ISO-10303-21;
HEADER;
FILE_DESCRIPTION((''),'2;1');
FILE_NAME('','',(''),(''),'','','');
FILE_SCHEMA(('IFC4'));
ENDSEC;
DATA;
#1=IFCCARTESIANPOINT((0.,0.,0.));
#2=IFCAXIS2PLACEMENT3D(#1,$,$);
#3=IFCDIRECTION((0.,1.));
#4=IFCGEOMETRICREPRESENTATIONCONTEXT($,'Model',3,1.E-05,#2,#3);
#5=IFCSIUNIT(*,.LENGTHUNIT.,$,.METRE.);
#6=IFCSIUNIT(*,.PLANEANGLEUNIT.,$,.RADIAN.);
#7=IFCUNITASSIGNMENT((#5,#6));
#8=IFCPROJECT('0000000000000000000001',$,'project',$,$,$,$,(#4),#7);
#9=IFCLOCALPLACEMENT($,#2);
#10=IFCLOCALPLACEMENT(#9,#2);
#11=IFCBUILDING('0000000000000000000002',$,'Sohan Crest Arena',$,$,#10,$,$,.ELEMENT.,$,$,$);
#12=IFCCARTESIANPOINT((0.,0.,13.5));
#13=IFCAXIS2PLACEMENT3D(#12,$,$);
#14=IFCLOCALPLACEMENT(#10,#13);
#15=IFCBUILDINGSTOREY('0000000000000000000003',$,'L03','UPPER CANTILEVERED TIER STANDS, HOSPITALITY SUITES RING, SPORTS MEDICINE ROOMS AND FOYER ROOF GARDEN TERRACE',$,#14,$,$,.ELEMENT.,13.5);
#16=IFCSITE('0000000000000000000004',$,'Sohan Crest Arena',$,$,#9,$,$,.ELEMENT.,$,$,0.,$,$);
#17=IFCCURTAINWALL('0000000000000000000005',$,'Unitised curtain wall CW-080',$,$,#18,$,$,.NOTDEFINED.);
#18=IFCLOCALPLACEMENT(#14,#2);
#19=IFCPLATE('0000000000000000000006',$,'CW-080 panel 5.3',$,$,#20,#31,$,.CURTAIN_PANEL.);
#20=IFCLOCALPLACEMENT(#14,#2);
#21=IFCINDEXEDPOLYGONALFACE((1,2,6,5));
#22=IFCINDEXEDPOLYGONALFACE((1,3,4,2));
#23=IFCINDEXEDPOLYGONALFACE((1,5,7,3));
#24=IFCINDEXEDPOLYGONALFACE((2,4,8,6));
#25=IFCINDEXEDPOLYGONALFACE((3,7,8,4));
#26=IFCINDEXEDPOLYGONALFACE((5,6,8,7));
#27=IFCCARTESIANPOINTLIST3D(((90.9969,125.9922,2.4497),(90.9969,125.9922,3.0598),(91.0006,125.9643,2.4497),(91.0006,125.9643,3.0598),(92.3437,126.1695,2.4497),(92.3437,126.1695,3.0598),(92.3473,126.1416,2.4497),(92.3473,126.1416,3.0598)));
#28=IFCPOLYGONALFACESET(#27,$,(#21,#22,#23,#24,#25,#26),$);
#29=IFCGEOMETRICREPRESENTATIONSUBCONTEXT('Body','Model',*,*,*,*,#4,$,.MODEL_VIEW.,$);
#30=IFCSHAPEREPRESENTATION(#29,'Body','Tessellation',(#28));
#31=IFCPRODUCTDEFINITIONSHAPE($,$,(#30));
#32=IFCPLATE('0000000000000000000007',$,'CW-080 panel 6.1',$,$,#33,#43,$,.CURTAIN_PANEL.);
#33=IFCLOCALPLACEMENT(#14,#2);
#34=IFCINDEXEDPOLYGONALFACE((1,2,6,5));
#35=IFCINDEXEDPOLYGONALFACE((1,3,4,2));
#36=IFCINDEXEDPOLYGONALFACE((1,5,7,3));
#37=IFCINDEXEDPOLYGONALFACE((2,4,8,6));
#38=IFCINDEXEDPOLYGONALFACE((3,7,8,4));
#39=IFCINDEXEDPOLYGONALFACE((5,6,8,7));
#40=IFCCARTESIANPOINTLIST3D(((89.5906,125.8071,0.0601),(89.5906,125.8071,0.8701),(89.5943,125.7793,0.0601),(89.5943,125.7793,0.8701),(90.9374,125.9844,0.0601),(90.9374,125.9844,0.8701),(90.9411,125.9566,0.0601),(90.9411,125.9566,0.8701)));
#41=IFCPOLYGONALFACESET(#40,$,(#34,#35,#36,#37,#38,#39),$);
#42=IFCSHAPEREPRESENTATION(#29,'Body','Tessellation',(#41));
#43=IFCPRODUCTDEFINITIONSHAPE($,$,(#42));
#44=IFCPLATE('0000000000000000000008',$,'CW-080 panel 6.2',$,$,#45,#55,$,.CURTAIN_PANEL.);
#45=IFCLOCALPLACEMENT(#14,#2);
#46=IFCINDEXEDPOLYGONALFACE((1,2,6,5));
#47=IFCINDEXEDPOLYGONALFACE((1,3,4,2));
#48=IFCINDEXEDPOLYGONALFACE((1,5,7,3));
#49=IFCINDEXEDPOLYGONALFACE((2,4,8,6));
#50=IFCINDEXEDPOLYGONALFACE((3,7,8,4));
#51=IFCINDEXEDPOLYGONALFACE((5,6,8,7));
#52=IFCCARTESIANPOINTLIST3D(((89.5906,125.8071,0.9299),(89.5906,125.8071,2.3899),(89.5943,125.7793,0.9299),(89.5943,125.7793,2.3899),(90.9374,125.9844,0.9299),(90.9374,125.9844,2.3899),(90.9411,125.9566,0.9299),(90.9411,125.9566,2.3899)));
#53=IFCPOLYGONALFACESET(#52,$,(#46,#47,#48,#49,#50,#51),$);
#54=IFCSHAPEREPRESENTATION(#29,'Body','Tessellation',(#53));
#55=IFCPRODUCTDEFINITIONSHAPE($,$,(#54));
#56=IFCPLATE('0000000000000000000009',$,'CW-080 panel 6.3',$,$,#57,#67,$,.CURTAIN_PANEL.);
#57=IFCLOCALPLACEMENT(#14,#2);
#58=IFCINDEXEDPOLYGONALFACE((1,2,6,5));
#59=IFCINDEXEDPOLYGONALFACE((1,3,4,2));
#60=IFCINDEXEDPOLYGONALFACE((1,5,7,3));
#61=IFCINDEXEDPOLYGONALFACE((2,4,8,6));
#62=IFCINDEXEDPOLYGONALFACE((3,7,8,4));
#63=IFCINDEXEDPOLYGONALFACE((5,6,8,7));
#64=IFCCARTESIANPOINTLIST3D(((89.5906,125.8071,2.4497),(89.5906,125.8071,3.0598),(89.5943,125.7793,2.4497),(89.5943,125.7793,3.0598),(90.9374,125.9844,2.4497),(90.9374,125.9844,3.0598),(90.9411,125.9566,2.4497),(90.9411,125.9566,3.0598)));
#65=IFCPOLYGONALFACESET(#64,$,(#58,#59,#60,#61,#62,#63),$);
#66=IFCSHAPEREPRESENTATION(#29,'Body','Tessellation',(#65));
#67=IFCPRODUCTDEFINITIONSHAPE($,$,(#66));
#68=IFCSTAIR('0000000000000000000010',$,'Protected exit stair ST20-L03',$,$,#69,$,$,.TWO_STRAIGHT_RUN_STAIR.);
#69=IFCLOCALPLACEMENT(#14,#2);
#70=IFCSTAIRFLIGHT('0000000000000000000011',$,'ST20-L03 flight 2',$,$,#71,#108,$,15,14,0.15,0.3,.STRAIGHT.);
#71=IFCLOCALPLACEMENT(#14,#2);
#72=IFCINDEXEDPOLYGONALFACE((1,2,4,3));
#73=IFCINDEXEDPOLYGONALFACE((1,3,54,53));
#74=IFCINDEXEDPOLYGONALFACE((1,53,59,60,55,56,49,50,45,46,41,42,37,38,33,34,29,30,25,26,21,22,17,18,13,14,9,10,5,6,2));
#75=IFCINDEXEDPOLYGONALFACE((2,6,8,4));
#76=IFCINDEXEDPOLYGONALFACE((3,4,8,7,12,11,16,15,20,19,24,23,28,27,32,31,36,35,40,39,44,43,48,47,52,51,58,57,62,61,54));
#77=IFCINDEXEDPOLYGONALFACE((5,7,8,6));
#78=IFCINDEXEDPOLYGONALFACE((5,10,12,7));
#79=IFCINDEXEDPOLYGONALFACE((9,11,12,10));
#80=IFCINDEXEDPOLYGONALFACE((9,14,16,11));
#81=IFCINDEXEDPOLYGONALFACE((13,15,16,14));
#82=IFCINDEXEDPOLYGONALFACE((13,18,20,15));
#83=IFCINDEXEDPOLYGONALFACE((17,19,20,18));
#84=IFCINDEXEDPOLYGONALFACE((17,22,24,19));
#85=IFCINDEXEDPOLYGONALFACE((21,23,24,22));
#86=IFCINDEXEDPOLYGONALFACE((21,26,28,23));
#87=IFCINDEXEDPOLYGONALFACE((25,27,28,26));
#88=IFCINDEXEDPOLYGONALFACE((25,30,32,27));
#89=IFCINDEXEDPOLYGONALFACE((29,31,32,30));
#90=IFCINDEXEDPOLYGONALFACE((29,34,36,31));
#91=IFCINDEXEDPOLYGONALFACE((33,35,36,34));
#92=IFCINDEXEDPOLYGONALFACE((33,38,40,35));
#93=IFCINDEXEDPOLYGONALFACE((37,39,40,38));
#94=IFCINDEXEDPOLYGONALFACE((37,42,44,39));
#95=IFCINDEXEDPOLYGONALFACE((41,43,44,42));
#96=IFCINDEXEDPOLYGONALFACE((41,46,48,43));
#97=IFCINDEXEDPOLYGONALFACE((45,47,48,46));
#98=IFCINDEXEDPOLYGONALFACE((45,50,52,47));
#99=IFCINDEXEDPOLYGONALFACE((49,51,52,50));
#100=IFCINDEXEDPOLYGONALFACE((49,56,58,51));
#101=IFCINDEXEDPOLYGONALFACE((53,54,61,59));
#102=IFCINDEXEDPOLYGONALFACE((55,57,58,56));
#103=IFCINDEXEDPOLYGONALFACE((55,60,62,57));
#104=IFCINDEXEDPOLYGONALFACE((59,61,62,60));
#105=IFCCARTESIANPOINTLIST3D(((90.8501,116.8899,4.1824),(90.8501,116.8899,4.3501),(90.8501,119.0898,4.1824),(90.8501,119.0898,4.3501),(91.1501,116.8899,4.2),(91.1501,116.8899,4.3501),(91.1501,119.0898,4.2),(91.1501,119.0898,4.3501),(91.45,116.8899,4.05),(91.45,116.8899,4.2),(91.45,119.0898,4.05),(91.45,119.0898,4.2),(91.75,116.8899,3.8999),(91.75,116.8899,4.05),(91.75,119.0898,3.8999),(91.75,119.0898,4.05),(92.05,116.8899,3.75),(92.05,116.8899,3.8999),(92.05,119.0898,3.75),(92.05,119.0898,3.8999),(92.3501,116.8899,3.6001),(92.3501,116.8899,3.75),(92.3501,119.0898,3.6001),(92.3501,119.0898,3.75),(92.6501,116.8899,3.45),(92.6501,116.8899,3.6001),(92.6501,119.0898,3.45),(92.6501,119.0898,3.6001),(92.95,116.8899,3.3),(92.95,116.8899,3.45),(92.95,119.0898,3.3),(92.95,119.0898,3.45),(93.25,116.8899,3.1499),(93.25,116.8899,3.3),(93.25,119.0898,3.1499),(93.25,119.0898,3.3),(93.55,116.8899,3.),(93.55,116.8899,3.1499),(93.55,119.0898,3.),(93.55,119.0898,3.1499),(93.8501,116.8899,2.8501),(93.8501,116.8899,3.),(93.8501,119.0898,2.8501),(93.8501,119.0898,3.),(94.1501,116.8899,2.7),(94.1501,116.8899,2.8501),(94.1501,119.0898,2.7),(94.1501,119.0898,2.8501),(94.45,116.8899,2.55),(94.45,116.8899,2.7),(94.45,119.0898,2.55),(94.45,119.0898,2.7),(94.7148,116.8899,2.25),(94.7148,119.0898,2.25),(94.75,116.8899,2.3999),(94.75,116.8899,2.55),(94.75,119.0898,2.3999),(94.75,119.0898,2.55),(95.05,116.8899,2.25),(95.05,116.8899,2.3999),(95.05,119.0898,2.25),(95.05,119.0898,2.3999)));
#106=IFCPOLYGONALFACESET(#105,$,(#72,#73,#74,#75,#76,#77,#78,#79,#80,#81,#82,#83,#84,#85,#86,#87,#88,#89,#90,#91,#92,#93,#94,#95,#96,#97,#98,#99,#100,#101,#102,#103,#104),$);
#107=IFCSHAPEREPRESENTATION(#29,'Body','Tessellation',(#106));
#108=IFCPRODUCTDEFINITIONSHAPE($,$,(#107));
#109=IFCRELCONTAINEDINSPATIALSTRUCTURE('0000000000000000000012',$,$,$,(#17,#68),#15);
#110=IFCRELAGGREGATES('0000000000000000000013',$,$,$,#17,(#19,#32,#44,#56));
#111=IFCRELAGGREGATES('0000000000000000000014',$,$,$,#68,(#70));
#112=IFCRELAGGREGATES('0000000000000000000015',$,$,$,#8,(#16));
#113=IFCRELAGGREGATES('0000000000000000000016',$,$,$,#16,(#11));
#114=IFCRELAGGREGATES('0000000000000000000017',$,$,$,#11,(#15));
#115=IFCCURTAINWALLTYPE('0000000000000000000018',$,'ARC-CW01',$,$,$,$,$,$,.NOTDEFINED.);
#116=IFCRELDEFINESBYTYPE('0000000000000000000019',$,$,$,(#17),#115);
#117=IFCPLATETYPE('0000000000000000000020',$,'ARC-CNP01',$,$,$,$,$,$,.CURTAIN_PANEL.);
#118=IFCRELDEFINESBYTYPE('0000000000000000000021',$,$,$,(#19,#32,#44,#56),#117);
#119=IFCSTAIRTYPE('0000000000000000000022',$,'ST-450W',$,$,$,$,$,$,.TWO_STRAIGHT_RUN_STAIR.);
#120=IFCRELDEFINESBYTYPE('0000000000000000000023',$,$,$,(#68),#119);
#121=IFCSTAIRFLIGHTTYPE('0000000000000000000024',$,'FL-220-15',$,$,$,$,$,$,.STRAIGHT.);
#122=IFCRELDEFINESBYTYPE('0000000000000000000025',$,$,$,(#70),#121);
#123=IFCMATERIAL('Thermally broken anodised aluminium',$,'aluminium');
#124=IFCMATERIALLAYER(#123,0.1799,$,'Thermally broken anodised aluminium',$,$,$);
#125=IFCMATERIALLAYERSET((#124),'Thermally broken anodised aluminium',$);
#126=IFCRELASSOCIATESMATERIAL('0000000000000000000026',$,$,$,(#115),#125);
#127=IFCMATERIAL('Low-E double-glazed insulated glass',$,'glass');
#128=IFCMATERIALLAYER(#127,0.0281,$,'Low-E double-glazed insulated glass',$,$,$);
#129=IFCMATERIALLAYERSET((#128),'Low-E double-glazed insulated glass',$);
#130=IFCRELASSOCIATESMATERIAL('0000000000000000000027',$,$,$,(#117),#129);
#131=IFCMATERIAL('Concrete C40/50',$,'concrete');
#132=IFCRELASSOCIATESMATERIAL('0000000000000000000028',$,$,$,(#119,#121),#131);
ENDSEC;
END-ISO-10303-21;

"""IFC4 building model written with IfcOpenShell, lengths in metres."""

from ifc_helpers import new_model, si_unit, direction, frame, origin, origin_2d, place, context, subcontext, project, spatial, polyline, rectangle, outline, extrude, material, layer, layer_set, type_object, element, aggregate, save


model = new_model("IFC4")

# Units and contexts
model_context = context("Model", 3, precision=1e-05, world=origin(), true_north=direction((0.0, 1.0)))
body_context = subcontext(model_context, "Body", "Model", "MODEL_VIEW")
ifc_project = project(units=[si_unit("LENGTHUNIT", "METRE"), si_unit("PLANEANGLEUNIT", "RADIAN")], contexts=[model_context])

# Site, building, storey
site_placement = place(None, origin())
site = spatial("IfcSite", under=ifc_project, at=site_placement, Name="Sohan Crest Arena", CompositionType="ELEMENT", RefElevation=0.0)
building_placement = place(site_placement, origin())
building = spatial("IfcBuilding", under=site, at=building_placement, Name="Sohan Crest Arena", CompositionType="ELEMENT")
storey_placement = place(building_placement, frame((0.0, 0.0, 13.5)))
storey = spatial("IfcBuildingStorey", under=building, at=storey_placement, Name="L03", Description="UPPER CANTILEVERED TIER STANDS, HOSPITALITY SUITES RING, SPORTS MEDICINE ROOMS AND FOYER ROOF GARDEN TERRACE", CompositionType="ELEMENT", Elevation=13.5)

# Curtain wall
ifc_material_1 = material(Name="Thermally broken anodised aluminium", Category="aluminium")
ifc_layer_1 = layer(ifc_material_1, 0.1799, Name="Thermally broken anodised aluminium")
ifc_layer_set_1 = layer_set([ifc_layer_1], Name="Thermally broken anodised aluminium")
curtain_wall_type = type_object("IfcCurtainWallType", Name="ARC-CW01", PredefinedType="NOTDEFINED", material=ifc_layer_set_1)
curtain_wall_placement = place(storey_placement, origin())
curtain_wall = element("IfcCurtainWall", 1, at=curtain_wall_placement, inside=storey, type_object=curtain_wall_type, Name="Unitised curtain wall CW-080", PredefinedType="NOTDEFINED")

# Plates
ifc_material_2 = material(Name="Low-E double-glazed insulated glass", Category="glass")
ifc_layer_2 = layer(ifc_material_2, 0.0281, Name="Low-E double-glazed insulated glass")
ifc_layer_set_2 = layer_set([ifc_layer_2], Name="Low-E double-glazed insulated glass")
plate_type = type_object("IfcPlateType", Name="ARC-CNP01", PredefinedType="CURTAIN_PANEL", material=ifc_layer_set_2)
plate_1_placement = place(storey_placement, frame((91.6721, 126.0669, 2.4497), z_axis=(0.0, 0.0, 1.0), x_axis=(-0.991447, -0.130511, 0.0)))
plate_1 = element("IfcPlate", 2, at=plate_1_placement, type_object=plate_type, Name="CW-080 panel 5.3", PredefinedType="CURTAIN_PANEL", context=body_context, shape_type="SweptSolid", body=[
    extrude(rectangle(XDim=1.3584, YDim=0.0281, at=origin_2d()), origin(), (0.0, 0.0, 1.0), 0.6101),
])
plate_2_placement = place(storey_placement, frame((90.2659, 125.8818, 0.0601), z_axis=(0.0, 0.0, 1.0), x_axis=(-0.991447, -0.130511, 0.0)))
plate_2 = element("IfcPlate", 3, at=plate_2_placement, type_object=plate_type, Name="CW-080 panel 6.1", PredefinedType="CURTAIN_PANEL", context=body_context, shape_type="SweptSolid", body=[
    extrude(rectangle(XDim=1.3584, YDim=0.0281, at=origin_2d()), origin(), (0.0, 0.0, 1.0), 0.8101),
])
plate_3_placement = place(storey_placement, frame((90.2659, 125.8818, 0.9299), z_axis=(0.0, 0.0, 1.0), x_axis=(-0.991447, -0.130511, 0.0)))
plate_3 = element("IfcPlate", 4, at=plate_3_placement, type_object=plate_type, Name="CW-080 panel 6.2", PredefinedType="CURTAIN_PANEL", context=body_context, shape_type="SweptSolid", body=[
    extrude(rectangle(XDim=1.3584, YDim=0.0281, at=origin_2d()), origin(), (0.0, 0.0, 1.0), 1.46),
])
plate_4_placement = place(storey_placement, frame((90.2659, 125.8818, 2.4497), z_axis=(0.0, 0.0, 1.0), x_axis=(-0.991447, -0.130511, 0.0)))
plate_4 = element("IfcPlate", 5, at=plate_4_placement, type_object=plate_type, Name="CW-080 panel 6.3", PredefinedType="CURTAIN_PANEL", context=body_context, shape_type="SweptSolid", body=[
    extrude(rectangle(XDim=1.3584, YDim=0.0281, at=origin_2d()), origin(), (0.0, 0.0, 1.0), 0.6101),
])
aggregate(curtain_wall, [plate_1, plate_2, plate_3, plate_4])

# Stair, stair flight
ifc_material_3 = material(Name="Concrete C40/50", Category="concrete")
stair_type = type_object("IfcStairType", Name="ST-450W", PredefinedType="TWO_STRAIGHT_RUN_STAIR", material=ifc_material_3)
stair_placement = place(storey_placement, origin())
stair = element("IfcStair", 6, at=stair_placement, inside=storey, type_object=stair_type, Name="Protected exit stair ST20-L03", PredefinedType="TWO_STRAIGHT_RUN_STAIR")
stair_flight_type = type_object("IfcStairFlightType", Name="FL-220-15", PredefinedType="STRAIGHT", material=ifc_material_3)
stair_flight_placement = place(storey_placement, frame((95.05, 117.99, 2.25), z_axis=(0.0, 0.0, 1.0), x_axis=(-1.0, 0.0, 0.0)))
stair_flight = element("IfcStairFlight", 7, at=stair_flight_placement, type_object=stair_flight_type, Name="ST20-L03 flight 2", NumberOfRisers=15, NumberOfTreads=14, PredefinedType="STRAIGHT", RiserHeight=0.15, TreadLength=0.3, context=body_context, shape_type="SweptSolid", body=[
    extrude(outline(polyline([(0.0, 0.0), (0.0, 0.1499), (0.3, 0.1499), (0.3, 0.3), (0.6001, 0.3), (0.6001, 0.45), (0.8999, 0.45), (0.8999, 0.6001), (1.2, 0.6001), (1.2, 0.75), (1.5, 0.75), (1.5, 0.8999), (1.8, 0.8999), (1.8, 1.05), (2.1001, 1.05), (2.1001, 1.2), (2.3999, 1.2), (2.3999, 1.3501), (2.7, 1.3501), (2.7, 1.5), (3.0, 1.5), (3.0, 1.6499), (3.3, 1.6499), (3.3, 1.8), (3.6001, 1.8), (3.6001, 1.95), (3.8999, 1.95), (3.8999, 2.1001), (4.2, 2.1001), (4.2, 2.25), (4.2, 1.9324), (0.3352, 0.0), (0.0, 0.0)])), frame((0.0, 1.1001, 0.0), z_axis=(0.0, -1.0, 0.0), x_axis=(1.0, 0.0, 0.0)), (0.0, 0.0, 1.0), 2.2),
])
aggregate(stair, [stair_flight])

save(model, "model.ifc")
